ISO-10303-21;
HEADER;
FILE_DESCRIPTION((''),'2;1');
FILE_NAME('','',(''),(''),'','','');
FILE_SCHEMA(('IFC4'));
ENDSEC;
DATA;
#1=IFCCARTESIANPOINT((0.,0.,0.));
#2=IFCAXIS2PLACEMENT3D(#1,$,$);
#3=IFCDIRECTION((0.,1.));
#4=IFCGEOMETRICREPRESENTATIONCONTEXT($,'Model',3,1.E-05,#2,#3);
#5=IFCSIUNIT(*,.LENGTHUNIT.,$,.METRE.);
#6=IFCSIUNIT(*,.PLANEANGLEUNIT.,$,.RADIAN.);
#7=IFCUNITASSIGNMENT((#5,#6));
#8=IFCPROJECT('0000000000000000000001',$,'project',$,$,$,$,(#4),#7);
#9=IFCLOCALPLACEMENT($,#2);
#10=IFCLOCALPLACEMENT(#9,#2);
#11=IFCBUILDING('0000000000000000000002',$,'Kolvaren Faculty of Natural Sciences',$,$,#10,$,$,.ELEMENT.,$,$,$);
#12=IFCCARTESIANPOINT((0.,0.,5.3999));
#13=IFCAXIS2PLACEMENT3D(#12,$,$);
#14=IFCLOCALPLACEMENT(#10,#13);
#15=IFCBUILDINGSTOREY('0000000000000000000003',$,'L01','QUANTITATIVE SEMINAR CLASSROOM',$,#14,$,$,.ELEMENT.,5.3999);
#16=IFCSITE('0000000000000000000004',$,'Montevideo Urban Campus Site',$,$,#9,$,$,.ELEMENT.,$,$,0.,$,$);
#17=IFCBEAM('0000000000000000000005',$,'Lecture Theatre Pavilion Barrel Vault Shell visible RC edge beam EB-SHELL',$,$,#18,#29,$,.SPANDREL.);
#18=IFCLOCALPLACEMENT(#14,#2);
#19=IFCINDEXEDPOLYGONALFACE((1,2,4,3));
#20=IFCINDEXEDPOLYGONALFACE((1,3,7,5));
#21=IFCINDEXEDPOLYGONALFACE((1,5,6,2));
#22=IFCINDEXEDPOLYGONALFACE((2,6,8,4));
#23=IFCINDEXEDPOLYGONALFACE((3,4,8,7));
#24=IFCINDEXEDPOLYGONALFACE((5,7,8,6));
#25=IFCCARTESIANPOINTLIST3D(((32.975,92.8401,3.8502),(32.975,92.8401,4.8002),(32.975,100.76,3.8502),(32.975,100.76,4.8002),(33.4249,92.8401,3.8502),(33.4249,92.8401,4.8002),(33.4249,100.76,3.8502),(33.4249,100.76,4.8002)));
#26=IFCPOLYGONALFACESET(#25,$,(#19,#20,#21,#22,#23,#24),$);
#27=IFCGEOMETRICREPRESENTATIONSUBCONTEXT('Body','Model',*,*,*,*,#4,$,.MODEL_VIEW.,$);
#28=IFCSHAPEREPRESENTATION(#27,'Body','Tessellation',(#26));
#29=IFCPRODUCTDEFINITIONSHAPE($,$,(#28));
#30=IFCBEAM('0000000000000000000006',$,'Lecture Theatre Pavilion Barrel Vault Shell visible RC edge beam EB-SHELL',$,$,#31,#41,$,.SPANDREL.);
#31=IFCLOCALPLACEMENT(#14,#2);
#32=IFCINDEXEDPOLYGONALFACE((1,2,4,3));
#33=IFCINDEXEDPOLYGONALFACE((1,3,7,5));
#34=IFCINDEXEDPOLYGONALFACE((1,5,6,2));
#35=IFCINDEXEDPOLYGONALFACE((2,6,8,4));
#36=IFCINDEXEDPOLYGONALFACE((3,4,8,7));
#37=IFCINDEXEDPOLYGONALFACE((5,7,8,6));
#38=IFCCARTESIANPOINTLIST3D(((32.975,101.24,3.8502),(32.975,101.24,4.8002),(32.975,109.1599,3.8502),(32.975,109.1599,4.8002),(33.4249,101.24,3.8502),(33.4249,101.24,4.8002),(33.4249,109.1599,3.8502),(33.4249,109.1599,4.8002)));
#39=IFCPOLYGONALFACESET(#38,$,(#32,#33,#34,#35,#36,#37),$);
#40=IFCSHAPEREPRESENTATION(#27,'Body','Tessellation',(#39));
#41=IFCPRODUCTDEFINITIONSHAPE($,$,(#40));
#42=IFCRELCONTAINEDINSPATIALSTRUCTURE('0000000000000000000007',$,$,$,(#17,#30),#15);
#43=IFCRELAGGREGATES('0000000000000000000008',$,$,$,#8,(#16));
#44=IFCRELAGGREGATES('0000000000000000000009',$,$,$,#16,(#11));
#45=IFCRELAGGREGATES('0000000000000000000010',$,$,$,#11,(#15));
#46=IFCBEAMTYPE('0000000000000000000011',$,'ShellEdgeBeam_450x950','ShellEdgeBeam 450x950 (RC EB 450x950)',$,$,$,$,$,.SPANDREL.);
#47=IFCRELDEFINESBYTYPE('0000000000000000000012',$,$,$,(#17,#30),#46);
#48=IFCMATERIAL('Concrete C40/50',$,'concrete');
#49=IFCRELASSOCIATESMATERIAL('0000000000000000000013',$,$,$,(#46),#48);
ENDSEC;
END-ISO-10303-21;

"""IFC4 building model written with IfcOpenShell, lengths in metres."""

from ifc_helpers import new_model, si_unit, direction, frame, origin, origin_2d, place, context, subcontext, project, spatial, rectangle, extrude, material, material_profile, profile_set, type_object, element, save


model = new_model("IFC4")

# Units and contexts
model_context = context("Model", 3, precision=1e-05, world=origin(), true_north=direction((0.0, 1.0)))
body_context = subcontext(model_context, "Body", "Model", "MODEL_VIEW")
ifc_project = project(units=[si_unit("LENGTHUNIT", "METRE"), si_unit("PLANEANGLEUNIT", "RADIAN")], contexts=[model_context])

# Site, building, storey
site_placement = place(None, origin())
site = spatial("IfcSite", under=ifc_project, at=site_placement, Name="Montevideo Urban Campus Site", CompositionType="ELEMENT", RefElevation=0.0)
building_placement = place(site_placement, origin())
building = spatial("IfcBuilding", under=site, at=building_placement, Name="Kolvaren Faculty of Natural Sciences", CompositionType="ELEMENT")
storey_placement = place(building_placement, frame((0.0, 0.0, 5.3999)))
storey = spatial("IfcBuildingStorey", under=building, at=storey_placement, Name="L01", Description="QUANTITATIVE SEMINAR CLASSROOM", CompositionType="ELEMENT", Elevation=5.3999)

# Shared definitions
ifc_material_1 = material(Name="Concrete C40/50", Category="concrete")

# Beams
ifc_material_profile_1 = material_profile(ifc_material_1, rectangle(XDim=0.45, YDim=0.95, at=origin_2d()), Name="RC EB 450x950")
ifc_profile_set_1 = profile_set([ifc_material_profile_1], Name="Concrete C40/50")
beam_type_1 = type_object("IfcBeamType", Name="ShellEdgeBeam_450x950", Description="ShellEdgeBeam 450x950 (RC EB 450x950)", PredefinedType="SPANDREL", material=ifc_profile_set_1)
for number, where, z_axis, x_axis, name in (
    (1, (33.2, 92.8401, 4.3252), (0.0, 1.0, 0.0), (-1.0, 0.0, 0.0), "Lecture Theatre Pavilion Barrel Vault Shell visible RC edge beam EB-SHELL"),
    (2, (33.2, 101.24, 4.3252), (0.0, 1.0, 0.0), (-1.0, 0.0, 0.0), "Lecture Theatre Pavilion Barrel Vault Shell visible RC edge beam EB-SHELL"),
):
    element("IfcBeam", number, at=place(storey_placement, frame(where, z_axis=z_axis, x_axis=x_axis)), inside=storey, type_object=beam_type_1, Name=name, PredefinedType="SPANDREL", context=body_context, shape_type="SweptSolid", body=[
        extrude(rectangle(XDim=0.45, YDim=0.95, at=origin_2d()), origin(), (0.0, 0.0, 1.0), 7.9199),
    ])

save(model, "model.ifc")
